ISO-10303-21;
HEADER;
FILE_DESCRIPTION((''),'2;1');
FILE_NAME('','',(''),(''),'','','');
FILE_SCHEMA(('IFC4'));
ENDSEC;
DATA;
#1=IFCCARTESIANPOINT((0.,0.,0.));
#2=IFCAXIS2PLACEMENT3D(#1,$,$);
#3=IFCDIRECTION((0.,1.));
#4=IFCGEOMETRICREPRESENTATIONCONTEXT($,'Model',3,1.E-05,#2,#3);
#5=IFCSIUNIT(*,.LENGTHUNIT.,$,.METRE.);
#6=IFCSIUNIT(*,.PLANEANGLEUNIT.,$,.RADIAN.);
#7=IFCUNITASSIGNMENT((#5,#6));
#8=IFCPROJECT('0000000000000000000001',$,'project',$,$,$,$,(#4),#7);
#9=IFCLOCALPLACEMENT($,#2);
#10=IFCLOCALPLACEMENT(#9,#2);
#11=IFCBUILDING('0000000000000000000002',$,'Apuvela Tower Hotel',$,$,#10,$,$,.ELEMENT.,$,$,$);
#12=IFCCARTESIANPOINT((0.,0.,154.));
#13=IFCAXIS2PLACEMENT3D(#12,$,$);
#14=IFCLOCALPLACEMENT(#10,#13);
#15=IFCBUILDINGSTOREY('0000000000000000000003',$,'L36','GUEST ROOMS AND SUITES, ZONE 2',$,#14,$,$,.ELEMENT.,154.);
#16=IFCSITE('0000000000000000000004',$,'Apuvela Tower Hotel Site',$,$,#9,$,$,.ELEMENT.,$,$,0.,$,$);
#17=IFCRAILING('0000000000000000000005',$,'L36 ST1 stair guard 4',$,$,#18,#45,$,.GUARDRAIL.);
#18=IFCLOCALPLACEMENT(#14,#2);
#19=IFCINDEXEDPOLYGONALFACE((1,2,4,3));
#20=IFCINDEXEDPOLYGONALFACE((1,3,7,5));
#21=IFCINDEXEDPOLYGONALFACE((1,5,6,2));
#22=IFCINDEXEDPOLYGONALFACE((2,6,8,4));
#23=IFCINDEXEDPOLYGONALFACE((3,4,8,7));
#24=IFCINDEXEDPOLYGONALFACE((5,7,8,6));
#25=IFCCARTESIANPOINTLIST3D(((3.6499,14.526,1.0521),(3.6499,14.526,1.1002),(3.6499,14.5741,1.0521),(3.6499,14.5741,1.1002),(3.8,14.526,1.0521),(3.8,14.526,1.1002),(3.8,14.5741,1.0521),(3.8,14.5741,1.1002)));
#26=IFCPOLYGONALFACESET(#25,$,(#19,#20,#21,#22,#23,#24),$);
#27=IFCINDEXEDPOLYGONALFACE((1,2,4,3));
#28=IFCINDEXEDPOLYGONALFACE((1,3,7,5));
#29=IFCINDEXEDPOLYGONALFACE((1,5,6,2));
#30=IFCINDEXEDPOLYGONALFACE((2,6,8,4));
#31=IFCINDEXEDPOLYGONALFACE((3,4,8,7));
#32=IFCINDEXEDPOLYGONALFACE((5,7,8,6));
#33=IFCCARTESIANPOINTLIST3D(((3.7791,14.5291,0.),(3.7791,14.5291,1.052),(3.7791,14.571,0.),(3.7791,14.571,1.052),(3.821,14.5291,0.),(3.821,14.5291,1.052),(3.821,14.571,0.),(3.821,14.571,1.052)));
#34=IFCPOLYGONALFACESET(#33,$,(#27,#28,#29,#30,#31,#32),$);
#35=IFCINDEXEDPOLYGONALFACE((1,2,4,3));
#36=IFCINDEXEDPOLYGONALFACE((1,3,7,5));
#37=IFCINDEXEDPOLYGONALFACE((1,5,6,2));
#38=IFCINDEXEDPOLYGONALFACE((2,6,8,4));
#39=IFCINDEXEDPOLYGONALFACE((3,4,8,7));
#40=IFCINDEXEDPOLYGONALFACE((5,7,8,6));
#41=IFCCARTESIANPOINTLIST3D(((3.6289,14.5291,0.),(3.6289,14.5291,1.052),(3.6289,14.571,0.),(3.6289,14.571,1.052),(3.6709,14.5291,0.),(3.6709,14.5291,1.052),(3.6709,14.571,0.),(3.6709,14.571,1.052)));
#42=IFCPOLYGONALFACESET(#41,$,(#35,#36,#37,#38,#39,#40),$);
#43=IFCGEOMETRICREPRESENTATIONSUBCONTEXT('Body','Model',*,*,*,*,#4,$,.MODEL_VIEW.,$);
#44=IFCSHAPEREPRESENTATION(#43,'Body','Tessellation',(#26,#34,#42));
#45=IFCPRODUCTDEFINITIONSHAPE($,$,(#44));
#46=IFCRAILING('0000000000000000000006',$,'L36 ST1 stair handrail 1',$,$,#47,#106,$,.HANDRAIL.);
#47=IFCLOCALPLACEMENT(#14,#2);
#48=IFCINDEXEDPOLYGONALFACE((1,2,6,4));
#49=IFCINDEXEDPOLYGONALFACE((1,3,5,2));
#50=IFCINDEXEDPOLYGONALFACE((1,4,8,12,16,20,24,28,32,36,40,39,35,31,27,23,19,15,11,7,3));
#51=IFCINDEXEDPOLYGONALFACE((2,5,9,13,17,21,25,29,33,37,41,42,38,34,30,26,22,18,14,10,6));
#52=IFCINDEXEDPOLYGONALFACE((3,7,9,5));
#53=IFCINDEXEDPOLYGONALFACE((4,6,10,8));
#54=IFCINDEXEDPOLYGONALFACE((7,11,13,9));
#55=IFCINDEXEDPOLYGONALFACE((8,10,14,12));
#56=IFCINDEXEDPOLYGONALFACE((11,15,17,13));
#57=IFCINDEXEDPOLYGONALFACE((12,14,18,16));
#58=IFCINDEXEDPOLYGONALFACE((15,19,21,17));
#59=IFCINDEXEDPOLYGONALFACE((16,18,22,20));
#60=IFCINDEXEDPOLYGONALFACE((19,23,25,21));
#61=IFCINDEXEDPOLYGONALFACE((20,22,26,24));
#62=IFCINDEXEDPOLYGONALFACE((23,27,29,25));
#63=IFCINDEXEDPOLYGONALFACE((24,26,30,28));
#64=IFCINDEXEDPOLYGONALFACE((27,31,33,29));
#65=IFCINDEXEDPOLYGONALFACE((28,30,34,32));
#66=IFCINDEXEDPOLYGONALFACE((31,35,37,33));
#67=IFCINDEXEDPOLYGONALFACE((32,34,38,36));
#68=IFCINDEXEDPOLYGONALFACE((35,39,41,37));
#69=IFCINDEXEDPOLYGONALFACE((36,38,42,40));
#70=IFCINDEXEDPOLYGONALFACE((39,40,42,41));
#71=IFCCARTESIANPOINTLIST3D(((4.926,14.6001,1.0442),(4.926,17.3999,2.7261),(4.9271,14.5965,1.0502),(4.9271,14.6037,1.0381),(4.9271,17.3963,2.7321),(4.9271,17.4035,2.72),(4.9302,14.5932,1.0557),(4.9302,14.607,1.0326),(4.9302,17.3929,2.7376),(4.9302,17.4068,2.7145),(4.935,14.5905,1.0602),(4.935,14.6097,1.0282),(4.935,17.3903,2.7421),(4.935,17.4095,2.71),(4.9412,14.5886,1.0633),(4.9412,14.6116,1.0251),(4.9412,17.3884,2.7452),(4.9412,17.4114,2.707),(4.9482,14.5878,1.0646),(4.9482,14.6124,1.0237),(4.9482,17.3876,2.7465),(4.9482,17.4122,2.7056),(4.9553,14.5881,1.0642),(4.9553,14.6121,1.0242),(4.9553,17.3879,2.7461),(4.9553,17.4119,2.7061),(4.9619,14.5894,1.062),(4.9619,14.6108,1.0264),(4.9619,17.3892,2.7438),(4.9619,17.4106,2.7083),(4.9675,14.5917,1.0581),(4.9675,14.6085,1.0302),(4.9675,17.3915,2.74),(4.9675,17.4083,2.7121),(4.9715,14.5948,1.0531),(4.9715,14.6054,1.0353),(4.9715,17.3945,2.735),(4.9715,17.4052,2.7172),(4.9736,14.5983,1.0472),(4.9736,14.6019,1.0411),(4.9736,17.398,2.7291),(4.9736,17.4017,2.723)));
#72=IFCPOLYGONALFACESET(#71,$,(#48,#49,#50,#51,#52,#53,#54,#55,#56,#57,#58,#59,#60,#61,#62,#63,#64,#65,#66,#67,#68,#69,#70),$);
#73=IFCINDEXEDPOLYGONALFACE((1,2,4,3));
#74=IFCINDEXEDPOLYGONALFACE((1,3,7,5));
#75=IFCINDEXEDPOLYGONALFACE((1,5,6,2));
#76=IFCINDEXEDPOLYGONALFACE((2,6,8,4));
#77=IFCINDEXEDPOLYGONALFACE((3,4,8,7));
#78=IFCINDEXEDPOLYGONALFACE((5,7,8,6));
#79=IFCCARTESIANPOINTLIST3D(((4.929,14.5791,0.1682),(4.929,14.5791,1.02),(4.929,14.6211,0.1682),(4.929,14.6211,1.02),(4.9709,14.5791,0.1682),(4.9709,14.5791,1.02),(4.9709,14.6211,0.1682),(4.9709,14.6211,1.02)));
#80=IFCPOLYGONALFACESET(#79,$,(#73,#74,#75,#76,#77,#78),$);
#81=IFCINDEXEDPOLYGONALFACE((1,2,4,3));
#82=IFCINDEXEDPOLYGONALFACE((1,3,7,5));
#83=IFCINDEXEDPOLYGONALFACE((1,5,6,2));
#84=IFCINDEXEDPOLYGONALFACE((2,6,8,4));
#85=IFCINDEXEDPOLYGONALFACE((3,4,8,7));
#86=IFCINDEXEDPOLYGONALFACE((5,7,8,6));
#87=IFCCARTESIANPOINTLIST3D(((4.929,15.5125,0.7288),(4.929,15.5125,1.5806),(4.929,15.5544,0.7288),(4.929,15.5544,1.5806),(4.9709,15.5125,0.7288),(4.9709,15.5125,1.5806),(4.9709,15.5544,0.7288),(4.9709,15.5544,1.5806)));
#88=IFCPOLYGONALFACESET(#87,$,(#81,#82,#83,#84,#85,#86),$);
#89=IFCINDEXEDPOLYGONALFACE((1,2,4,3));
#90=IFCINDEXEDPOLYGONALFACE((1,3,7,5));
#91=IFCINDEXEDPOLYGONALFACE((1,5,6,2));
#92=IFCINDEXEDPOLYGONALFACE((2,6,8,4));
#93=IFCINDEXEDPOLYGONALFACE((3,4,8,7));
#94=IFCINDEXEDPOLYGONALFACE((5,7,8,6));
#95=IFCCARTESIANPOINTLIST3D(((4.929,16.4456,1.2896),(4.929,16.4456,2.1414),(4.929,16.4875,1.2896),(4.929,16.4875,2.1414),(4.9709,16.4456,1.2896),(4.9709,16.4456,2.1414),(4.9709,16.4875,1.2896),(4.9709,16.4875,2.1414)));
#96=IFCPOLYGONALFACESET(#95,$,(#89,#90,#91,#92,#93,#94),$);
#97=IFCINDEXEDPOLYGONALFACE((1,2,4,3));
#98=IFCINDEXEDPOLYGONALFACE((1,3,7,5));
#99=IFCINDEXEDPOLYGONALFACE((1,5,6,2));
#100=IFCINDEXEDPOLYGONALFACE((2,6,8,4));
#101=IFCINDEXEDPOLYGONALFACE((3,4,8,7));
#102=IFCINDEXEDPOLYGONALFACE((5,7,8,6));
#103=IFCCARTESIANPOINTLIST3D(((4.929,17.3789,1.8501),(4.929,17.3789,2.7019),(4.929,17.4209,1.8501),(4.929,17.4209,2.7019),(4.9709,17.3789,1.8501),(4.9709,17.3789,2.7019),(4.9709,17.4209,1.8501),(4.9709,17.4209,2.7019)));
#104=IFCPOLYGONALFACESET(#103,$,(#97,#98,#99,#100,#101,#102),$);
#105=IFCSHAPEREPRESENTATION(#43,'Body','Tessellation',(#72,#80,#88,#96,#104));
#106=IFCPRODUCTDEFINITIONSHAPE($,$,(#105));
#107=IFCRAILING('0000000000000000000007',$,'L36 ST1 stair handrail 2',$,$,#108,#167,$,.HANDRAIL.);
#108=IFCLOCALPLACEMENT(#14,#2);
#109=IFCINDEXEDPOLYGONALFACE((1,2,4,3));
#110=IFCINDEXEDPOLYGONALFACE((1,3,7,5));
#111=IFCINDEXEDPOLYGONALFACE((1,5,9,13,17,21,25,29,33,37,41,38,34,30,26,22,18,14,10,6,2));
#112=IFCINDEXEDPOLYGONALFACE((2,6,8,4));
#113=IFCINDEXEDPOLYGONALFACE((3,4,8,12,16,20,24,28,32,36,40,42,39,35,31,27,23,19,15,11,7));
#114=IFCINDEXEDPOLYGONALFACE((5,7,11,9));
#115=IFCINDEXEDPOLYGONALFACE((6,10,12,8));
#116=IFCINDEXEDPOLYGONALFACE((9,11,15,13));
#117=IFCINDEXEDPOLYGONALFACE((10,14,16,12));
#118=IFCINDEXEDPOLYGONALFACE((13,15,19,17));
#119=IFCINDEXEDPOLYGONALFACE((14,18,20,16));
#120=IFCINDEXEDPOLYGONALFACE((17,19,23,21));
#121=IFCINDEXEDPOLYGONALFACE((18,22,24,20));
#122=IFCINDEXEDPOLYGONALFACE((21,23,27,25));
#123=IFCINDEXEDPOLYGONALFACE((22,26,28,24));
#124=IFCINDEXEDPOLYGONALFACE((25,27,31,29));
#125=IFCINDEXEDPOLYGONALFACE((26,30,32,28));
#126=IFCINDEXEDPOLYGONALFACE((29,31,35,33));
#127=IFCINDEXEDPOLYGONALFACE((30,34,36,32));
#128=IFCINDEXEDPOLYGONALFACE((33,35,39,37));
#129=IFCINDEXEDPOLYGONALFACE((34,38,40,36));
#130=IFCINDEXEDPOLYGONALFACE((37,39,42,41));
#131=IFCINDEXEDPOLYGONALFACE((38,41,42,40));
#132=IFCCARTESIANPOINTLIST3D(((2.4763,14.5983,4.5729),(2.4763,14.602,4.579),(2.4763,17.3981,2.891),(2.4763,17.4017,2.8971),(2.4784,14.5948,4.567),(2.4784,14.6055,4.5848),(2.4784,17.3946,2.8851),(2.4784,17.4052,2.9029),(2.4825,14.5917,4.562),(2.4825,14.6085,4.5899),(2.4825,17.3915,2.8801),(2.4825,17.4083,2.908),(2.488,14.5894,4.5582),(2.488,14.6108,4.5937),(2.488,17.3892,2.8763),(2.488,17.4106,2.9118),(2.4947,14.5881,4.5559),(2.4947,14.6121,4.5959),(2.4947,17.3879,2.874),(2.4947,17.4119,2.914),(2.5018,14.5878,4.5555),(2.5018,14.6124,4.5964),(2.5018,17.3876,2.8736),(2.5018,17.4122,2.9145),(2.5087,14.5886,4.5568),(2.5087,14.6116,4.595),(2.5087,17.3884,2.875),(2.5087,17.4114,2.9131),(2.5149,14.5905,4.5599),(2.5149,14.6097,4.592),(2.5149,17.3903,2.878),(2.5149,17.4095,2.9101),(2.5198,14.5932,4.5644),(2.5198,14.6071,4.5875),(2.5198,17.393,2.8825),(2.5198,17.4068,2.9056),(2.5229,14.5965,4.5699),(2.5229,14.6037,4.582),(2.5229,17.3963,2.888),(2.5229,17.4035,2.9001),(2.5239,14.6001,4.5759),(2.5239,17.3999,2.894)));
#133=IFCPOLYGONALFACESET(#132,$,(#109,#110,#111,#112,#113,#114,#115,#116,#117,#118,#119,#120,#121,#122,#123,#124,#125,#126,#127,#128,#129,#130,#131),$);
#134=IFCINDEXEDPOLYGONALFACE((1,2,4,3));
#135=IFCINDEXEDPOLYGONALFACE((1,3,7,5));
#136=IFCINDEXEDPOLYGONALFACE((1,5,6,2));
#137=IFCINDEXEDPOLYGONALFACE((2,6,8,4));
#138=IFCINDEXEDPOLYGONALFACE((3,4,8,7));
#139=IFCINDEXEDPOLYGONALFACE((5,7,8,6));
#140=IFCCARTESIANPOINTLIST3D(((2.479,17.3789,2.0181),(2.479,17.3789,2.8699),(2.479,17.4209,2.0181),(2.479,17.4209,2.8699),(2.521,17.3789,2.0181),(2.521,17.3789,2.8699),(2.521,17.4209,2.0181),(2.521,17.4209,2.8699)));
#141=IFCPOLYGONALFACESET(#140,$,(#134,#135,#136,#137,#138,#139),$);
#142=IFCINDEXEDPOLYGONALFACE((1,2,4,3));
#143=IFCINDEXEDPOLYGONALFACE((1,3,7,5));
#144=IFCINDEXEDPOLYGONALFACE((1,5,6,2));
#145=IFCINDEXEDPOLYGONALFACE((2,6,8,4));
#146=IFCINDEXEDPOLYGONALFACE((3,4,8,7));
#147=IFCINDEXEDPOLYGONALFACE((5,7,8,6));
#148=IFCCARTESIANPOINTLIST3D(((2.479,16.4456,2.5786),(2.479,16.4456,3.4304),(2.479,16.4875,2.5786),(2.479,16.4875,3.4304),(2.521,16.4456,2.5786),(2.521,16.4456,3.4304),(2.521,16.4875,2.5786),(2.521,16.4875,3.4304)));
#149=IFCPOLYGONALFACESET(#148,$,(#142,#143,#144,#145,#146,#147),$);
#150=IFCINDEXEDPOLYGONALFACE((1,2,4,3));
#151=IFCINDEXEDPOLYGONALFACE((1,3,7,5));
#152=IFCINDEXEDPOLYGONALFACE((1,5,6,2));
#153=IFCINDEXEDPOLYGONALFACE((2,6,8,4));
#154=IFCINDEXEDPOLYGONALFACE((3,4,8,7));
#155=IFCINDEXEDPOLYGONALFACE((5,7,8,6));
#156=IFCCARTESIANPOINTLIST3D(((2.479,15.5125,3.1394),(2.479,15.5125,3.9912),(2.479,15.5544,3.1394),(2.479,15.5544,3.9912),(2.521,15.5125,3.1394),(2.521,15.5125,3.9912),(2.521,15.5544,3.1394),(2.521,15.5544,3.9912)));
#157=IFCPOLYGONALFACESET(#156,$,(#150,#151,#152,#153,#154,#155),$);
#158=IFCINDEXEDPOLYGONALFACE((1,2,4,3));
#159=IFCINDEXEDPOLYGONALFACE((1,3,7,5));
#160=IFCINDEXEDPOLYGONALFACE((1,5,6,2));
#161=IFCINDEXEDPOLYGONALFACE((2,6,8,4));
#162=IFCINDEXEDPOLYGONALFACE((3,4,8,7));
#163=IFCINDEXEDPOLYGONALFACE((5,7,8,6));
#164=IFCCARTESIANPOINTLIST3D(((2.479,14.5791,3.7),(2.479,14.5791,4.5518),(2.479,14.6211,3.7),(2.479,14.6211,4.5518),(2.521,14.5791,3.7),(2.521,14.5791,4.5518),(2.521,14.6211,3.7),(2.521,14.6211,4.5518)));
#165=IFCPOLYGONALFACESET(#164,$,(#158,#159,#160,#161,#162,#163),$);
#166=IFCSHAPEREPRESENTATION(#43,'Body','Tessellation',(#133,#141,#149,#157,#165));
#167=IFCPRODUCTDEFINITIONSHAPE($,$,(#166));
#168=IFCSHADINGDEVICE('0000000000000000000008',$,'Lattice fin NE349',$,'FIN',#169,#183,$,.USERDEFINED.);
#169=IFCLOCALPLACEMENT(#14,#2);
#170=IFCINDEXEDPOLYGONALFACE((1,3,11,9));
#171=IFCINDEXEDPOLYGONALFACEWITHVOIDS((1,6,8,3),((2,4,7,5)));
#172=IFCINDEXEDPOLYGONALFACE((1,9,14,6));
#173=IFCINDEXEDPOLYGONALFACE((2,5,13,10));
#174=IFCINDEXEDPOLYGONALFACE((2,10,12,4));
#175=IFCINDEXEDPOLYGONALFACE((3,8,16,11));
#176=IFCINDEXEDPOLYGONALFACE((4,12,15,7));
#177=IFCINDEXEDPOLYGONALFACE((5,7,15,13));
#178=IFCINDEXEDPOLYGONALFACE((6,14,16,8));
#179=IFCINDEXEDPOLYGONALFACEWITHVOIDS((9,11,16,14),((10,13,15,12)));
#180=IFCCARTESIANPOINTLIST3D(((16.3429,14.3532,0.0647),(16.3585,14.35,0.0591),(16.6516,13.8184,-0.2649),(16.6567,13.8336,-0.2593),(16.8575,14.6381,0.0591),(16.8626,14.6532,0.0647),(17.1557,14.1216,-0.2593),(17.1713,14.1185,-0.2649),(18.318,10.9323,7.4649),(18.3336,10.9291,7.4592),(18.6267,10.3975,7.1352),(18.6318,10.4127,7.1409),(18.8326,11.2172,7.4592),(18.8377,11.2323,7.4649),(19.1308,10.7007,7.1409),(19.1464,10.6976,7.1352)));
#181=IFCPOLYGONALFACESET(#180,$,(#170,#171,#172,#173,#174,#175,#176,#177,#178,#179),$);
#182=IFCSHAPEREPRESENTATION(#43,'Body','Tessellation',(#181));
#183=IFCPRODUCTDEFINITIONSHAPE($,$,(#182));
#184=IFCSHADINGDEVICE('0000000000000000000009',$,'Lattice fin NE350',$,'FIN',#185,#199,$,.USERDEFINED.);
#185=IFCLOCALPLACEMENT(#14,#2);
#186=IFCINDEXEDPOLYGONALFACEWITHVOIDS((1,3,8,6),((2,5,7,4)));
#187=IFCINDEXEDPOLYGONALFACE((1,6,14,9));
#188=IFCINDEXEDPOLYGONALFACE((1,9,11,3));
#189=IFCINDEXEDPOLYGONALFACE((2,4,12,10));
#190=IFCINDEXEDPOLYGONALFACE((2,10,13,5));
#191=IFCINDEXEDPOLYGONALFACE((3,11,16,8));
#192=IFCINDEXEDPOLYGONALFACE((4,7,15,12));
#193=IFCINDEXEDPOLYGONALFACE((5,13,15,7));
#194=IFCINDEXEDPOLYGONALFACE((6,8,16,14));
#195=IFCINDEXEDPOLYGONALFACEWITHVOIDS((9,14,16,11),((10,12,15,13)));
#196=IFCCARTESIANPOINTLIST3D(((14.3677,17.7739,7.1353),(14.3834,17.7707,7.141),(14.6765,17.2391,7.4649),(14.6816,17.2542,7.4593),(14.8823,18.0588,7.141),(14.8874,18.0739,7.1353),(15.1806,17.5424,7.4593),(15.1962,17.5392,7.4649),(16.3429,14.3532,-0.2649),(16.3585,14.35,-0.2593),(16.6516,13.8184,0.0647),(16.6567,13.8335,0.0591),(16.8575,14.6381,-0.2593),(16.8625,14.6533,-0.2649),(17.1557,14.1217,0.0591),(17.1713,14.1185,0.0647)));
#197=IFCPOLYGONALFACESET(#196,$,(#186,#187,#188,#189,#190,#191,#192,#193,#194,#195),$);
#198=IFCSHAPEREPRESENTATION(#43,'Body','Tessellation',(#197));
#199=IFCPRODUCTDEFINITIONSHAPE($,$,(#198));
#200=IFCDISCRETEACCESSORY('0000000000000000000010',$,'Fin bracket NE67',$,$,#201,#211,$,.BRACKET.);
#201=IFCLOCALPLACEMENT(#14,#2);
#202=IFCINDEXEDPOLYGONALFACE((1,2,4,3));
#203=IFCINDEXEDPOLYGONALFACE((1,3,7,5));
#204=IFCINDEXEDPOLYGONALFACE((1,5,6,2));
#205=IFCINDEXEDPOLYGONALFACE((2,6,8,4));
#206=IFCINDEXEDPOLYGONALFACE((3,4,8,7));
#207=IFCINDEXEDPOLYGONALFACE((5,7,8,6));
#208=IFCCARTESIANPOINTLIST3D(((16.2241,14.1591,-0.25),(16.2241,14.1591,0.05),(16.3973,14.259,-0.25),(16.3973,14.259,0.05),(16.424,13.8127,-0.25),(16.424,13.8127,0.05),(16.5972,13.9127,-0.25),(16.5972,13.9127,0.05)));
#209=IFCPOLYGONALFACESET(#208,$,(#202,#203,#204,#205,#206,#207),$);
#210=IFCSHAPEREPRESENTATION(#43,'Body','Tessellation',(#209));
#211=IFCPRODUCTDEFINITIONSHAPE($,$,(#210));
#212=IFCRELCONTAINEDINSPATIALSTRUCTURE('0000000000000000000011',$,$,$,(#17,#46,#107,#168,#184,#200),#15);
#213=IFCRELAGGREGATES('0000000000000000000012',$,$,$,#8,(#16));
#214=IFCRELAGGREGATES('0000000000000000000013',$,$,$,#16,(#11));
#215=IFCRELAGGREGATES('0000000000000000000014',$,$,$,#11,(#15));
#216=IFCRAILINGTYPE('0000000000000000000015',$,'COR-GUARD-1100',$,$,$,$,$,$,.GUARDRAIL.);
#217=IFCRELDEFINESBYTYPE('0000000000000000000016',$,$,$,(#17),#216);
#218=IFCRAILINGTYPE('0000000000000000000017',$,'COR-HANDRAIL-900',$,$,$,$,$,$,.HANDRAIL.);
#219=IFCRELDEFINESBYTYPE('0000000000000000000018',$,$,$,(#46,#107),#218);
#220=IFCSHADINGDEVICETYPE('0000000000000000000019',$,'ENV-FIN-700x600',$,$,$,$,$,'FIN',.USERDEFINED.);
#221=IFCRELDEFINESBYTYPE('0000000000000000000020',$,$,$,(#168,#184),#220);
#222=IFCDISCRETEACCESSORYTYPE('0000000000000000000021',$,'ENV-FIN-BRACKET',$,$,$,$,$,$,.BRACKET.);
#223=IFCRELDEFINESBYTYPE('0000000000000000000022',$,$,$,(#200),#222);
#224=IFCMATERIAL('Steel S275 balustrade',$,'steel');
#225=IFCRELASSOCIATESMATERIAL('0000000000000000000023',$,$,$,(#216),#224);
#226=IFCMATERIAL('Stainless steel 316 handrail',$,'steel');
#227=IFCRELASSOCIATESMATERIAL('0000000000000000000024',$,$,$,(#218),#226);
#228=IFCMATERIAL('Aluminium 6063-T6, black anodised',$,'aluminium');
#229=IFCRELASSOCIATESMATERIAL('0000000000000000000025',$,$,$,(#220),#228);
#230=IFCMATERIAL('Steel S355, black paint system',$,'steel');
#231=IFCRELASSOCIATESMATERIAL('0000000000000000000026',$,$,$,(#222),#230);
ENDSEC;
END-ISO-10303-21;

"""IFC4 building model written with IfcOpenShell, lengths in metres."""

from ifc_helpers import new_model, si_unit, direction, frame, origin, origin_2d, place, context, subcontext, project, spatial, rectangle, hollow_rectangle, circle, extrude, material, material_profile, profile_set, type_object, element, save


model = new_model("IFC4")

# Units and contexts
model_context = context("Model", 3, precision=1e-05, world=origin(), true_north=direction((0.0, 1.0)))
body_context = subcontext(model_context, "Body", "Model", "MODEL_VIEW")
ifc_project = project(units=[si_unit("LENGTHUNIT", "METRE"), si_unit("PLANEANGLEUNIT", "RADIAN")], contexts=[model_context])

# Site, building, storey
site_placement = place(None, origin())
site = spatial("IfcSite", under=ifc_project, at=site_placement, Name="Apuvela Tower Hotel Site", CompositionType="ELEMENT", RefElevation=0.0)
building_placement = place(site_placement, origin())
building = spatial("IfcBuilding", under=site, at=building_placement, Name="Apuvela Tower Hotel", CompositionType="ELEMENT")
storey_placement = place(building_placement, frame((0.0, 0.0, 154.0)))
storey = spatial("IfcBuildingStorey", under=building, at=storey_placement, Name="L36", Description="GUEST ROOMS AND SUITES, ZONE 2", CompositionType="ELEMENT", Elevation=154.0)

# Railings
ifc_material_1 = material(Name="Steel S275 balustrade", Category="steel")
railing_type_1 = type_object("IfcRailingType", Name="COR-GUARD-1100", PredefinedType="GUARDRAIL", material=ifc_material_1)
railing_1_placement = place(storey_placement, frame((3.8, 14.55, 0.0)))
element("IfcRailing", 1, at=railing_1_placement, inside=storey, type_object=railing_type_1, Name="L36 ST1 stair guard 4", PredefinedType="GUARDRAIL", context=body_context, shape_type="SweptSolid", body=[
    extrude(rectangle(XDim=0.0481, YDim=0.0481, at=origin_2d()), frame((0.0, 0.0, 1.0762), z_axis=(-1.0, 0.0, 0.0), x_axis=(0.0, -1.0, 0.0)), (0.0, 0.0, 1.0), 0.1501),
    extrude(rectangle(XDim=0.042, YDim=0.042, at=origin_2d()), origin(), (0.0, 0.0, 1.0), 1.052),
    extrude(rectangle(XDim=0.042, YDim=0.042, at=origin_2d()), frame((-0.1501, 0.0, 0.0)), (0.0, 0.0, 1.0), 1.052),
])
ifc_material_2 = material(Name="Stainless steel 316 handrail", Category="steel")
railing_type_2 = type_object("IfcRailingType", Name="COR-HANDRAIL-900", PredefinedType="HANDRAIL", material=ifc_material_2)
railing_2_placement = place(storey_placement, frame((4.95, 14.6001, 0.1682)))
element("IfcRailing", 2, at=railing_2_placement, inside=storey, type_object=railing_type_2, Name="L36 ST1 stair handrail 1", PredefinedType="HANDRAIL", context=body_context, shape_type="SweptSolid", body=[
    extrude(circle(Radius=0.0239, at=origin_2d()), frame((0.0, 0.0, 0.876), z_axis=(0.0, 0.857222, 0.514946), x_axis=(-1.0, 0.0, 0.0)), (0.0, 0.0, 1.0), 3.2661),
    extrude(rectangle(XDim=0.042, YDim=0.042, at=origin_2d()), origin(), (0.0, 0.0, 1.0), 0.8518),
    extrude(rectangle(XDim=0.042, YDim=0.042, at=origin_2d()), frame((0.0, 0.9333, 0.5605)), (0.0, 0.0, 1.0), 0.8518),
    extrude(rectangle(XDim=0.042, YDim=0.042, at=origin_2d()), frame((0.0, 1.8665, 1.1213)), (0.0, 0.0, 1.0), 0.8518),
    extrude(rectangle(XDim=0.042, YDim=0.042, at=origin_2d()), frame((0.0, 2.7998, 1.6819)), (0.0, 0.0, 1.0), 0.8518),
])
railing_3_placement = place(storey_placement, frame((2.5, 17.3999, 2.0181)))
element("IfcRailing", 3, at=railing_3_placement, inside=storey, type_object=railing_type_2, Name="L36 ST1 stair handrail 2", PredefinedType="HANDRAIL", context=body_context, shape_type="SweptSolid", body=[
    extrude(circle(Radius=0.0239, at=origin_2d()), frame((0.0, 0.0, 0.876), z_axis=(0.0, -0.857222, 0.514946), x_axis=(1.0, 0.0, 0.0)), (0.0, 0.0, 1.0), 3.2661),
    extrude(rectangle(XDim=0.042, YDim=0.042, at=origin_2d()), origin(), (0.0, 0.0, 1.0), 0.8518),
    extrude(rectangle(XDim=0.042, YDim=0.042, at=origin_2d()), frame((0.0, -0.9333, 0.5605)), (0.0, 0.0, 1.0), 0.8518),
    extrude(rectangle(XDim=0.042, YDim=0.042, at=origin_2d()), frame((0.0, -1.8665, 1.1213)), (0.0, 0.0, 1.0), 0.8518),
    extrude(rectangle(XDim=0.042, YDim=0.042, at=origin_2d()), frame((0.0, -2.7998, 1.6819)), (0.0, 0.0, 1.0), 0.8518),
])

# Shading devices
ifc_material_3 = material(Name="Aluminium 6063-T6, black anodised", Category="aluminium")
ifc_material_profile_1 = material_profile(ifc_material_3, hollow_rectangle(XDim=0.6001, YDim=0.7, WallThickness=0.012, at=origin_2d()), Name="AL BOX 700x600x12")
ifc_profile_set_1 = profile_set([ifc_material_profile_1], Name="Aluminium 6063-T6, black anodised")
shading_device_type = type_object("IfcShadingDeviceType", Name="ENV-FIN-700x600", ElementType="FIN", PredefinedType="USERDEFINED", material=ifc_profile_set_1)
for number, where, z_axis, x_axis, name in (
    (4, (16.7571, 14.2358, -0.1001), (0.235455, -0.407812, 0.882185), (0.866021, 0.500008, 0.0), "Lattice fin NE349"),
    (5, (16.7571, 14.2358, -0.1001), (-0.235458, 0.407787, 0.882196), (-0.866005, -0.500035, 0.0), "Lattice fin NE350"),
):
    element("IfcShadingDevice", number, at=place(storey_placement, frame(where, z_axis=z_axis, x_axis=x_axis)), inside=storey, type_object=shading_device_type, Name=name, ObjectType="FIN", PredefinedType="USERDEFINED", context=body_context, shape_type="SweptSolid", body=[
        extrude(hollow_rectangle(XDim=0.6001, YDim=0.7, WallThickness=0.012, at=origin_2d()), origin(), (0.0, 0.0, 1.0), 8.3884),
    ])

# Discrete accessory
ifc_material_4 = material(Name="Steel S355, black paint system", Category="steel")
discrete_accessory_type = type_object("IfcDiscreteAccessoryType", Name="ENV-FIN-BRACKET", PredefinedType="BRACKET", material=ifc_material_4)
discrete_accessory_placement = place(storey_placement, frame((16.4106, 14.0359, -0.25), z_axis=(0.0, 0.0, 1.0), x_axis=(-0.5, 0.866025, 0.0)))
element("IfcDiscreteAccessory", 6, at=discrete_accessory_placement, inside=storey, type_object=discrete_accessory_type, Name="Fin bracket NE67", PredefinedType="BRACKET", context=body_context, shape_type="SweptSolid", body=[
    extrude(rectangle(XDim=0.3999, YDim=0.2, at=origin_2d()), origin(), (0.0, 0.0, 1.0), 0.3),
])

save(model, "model.ifc")
